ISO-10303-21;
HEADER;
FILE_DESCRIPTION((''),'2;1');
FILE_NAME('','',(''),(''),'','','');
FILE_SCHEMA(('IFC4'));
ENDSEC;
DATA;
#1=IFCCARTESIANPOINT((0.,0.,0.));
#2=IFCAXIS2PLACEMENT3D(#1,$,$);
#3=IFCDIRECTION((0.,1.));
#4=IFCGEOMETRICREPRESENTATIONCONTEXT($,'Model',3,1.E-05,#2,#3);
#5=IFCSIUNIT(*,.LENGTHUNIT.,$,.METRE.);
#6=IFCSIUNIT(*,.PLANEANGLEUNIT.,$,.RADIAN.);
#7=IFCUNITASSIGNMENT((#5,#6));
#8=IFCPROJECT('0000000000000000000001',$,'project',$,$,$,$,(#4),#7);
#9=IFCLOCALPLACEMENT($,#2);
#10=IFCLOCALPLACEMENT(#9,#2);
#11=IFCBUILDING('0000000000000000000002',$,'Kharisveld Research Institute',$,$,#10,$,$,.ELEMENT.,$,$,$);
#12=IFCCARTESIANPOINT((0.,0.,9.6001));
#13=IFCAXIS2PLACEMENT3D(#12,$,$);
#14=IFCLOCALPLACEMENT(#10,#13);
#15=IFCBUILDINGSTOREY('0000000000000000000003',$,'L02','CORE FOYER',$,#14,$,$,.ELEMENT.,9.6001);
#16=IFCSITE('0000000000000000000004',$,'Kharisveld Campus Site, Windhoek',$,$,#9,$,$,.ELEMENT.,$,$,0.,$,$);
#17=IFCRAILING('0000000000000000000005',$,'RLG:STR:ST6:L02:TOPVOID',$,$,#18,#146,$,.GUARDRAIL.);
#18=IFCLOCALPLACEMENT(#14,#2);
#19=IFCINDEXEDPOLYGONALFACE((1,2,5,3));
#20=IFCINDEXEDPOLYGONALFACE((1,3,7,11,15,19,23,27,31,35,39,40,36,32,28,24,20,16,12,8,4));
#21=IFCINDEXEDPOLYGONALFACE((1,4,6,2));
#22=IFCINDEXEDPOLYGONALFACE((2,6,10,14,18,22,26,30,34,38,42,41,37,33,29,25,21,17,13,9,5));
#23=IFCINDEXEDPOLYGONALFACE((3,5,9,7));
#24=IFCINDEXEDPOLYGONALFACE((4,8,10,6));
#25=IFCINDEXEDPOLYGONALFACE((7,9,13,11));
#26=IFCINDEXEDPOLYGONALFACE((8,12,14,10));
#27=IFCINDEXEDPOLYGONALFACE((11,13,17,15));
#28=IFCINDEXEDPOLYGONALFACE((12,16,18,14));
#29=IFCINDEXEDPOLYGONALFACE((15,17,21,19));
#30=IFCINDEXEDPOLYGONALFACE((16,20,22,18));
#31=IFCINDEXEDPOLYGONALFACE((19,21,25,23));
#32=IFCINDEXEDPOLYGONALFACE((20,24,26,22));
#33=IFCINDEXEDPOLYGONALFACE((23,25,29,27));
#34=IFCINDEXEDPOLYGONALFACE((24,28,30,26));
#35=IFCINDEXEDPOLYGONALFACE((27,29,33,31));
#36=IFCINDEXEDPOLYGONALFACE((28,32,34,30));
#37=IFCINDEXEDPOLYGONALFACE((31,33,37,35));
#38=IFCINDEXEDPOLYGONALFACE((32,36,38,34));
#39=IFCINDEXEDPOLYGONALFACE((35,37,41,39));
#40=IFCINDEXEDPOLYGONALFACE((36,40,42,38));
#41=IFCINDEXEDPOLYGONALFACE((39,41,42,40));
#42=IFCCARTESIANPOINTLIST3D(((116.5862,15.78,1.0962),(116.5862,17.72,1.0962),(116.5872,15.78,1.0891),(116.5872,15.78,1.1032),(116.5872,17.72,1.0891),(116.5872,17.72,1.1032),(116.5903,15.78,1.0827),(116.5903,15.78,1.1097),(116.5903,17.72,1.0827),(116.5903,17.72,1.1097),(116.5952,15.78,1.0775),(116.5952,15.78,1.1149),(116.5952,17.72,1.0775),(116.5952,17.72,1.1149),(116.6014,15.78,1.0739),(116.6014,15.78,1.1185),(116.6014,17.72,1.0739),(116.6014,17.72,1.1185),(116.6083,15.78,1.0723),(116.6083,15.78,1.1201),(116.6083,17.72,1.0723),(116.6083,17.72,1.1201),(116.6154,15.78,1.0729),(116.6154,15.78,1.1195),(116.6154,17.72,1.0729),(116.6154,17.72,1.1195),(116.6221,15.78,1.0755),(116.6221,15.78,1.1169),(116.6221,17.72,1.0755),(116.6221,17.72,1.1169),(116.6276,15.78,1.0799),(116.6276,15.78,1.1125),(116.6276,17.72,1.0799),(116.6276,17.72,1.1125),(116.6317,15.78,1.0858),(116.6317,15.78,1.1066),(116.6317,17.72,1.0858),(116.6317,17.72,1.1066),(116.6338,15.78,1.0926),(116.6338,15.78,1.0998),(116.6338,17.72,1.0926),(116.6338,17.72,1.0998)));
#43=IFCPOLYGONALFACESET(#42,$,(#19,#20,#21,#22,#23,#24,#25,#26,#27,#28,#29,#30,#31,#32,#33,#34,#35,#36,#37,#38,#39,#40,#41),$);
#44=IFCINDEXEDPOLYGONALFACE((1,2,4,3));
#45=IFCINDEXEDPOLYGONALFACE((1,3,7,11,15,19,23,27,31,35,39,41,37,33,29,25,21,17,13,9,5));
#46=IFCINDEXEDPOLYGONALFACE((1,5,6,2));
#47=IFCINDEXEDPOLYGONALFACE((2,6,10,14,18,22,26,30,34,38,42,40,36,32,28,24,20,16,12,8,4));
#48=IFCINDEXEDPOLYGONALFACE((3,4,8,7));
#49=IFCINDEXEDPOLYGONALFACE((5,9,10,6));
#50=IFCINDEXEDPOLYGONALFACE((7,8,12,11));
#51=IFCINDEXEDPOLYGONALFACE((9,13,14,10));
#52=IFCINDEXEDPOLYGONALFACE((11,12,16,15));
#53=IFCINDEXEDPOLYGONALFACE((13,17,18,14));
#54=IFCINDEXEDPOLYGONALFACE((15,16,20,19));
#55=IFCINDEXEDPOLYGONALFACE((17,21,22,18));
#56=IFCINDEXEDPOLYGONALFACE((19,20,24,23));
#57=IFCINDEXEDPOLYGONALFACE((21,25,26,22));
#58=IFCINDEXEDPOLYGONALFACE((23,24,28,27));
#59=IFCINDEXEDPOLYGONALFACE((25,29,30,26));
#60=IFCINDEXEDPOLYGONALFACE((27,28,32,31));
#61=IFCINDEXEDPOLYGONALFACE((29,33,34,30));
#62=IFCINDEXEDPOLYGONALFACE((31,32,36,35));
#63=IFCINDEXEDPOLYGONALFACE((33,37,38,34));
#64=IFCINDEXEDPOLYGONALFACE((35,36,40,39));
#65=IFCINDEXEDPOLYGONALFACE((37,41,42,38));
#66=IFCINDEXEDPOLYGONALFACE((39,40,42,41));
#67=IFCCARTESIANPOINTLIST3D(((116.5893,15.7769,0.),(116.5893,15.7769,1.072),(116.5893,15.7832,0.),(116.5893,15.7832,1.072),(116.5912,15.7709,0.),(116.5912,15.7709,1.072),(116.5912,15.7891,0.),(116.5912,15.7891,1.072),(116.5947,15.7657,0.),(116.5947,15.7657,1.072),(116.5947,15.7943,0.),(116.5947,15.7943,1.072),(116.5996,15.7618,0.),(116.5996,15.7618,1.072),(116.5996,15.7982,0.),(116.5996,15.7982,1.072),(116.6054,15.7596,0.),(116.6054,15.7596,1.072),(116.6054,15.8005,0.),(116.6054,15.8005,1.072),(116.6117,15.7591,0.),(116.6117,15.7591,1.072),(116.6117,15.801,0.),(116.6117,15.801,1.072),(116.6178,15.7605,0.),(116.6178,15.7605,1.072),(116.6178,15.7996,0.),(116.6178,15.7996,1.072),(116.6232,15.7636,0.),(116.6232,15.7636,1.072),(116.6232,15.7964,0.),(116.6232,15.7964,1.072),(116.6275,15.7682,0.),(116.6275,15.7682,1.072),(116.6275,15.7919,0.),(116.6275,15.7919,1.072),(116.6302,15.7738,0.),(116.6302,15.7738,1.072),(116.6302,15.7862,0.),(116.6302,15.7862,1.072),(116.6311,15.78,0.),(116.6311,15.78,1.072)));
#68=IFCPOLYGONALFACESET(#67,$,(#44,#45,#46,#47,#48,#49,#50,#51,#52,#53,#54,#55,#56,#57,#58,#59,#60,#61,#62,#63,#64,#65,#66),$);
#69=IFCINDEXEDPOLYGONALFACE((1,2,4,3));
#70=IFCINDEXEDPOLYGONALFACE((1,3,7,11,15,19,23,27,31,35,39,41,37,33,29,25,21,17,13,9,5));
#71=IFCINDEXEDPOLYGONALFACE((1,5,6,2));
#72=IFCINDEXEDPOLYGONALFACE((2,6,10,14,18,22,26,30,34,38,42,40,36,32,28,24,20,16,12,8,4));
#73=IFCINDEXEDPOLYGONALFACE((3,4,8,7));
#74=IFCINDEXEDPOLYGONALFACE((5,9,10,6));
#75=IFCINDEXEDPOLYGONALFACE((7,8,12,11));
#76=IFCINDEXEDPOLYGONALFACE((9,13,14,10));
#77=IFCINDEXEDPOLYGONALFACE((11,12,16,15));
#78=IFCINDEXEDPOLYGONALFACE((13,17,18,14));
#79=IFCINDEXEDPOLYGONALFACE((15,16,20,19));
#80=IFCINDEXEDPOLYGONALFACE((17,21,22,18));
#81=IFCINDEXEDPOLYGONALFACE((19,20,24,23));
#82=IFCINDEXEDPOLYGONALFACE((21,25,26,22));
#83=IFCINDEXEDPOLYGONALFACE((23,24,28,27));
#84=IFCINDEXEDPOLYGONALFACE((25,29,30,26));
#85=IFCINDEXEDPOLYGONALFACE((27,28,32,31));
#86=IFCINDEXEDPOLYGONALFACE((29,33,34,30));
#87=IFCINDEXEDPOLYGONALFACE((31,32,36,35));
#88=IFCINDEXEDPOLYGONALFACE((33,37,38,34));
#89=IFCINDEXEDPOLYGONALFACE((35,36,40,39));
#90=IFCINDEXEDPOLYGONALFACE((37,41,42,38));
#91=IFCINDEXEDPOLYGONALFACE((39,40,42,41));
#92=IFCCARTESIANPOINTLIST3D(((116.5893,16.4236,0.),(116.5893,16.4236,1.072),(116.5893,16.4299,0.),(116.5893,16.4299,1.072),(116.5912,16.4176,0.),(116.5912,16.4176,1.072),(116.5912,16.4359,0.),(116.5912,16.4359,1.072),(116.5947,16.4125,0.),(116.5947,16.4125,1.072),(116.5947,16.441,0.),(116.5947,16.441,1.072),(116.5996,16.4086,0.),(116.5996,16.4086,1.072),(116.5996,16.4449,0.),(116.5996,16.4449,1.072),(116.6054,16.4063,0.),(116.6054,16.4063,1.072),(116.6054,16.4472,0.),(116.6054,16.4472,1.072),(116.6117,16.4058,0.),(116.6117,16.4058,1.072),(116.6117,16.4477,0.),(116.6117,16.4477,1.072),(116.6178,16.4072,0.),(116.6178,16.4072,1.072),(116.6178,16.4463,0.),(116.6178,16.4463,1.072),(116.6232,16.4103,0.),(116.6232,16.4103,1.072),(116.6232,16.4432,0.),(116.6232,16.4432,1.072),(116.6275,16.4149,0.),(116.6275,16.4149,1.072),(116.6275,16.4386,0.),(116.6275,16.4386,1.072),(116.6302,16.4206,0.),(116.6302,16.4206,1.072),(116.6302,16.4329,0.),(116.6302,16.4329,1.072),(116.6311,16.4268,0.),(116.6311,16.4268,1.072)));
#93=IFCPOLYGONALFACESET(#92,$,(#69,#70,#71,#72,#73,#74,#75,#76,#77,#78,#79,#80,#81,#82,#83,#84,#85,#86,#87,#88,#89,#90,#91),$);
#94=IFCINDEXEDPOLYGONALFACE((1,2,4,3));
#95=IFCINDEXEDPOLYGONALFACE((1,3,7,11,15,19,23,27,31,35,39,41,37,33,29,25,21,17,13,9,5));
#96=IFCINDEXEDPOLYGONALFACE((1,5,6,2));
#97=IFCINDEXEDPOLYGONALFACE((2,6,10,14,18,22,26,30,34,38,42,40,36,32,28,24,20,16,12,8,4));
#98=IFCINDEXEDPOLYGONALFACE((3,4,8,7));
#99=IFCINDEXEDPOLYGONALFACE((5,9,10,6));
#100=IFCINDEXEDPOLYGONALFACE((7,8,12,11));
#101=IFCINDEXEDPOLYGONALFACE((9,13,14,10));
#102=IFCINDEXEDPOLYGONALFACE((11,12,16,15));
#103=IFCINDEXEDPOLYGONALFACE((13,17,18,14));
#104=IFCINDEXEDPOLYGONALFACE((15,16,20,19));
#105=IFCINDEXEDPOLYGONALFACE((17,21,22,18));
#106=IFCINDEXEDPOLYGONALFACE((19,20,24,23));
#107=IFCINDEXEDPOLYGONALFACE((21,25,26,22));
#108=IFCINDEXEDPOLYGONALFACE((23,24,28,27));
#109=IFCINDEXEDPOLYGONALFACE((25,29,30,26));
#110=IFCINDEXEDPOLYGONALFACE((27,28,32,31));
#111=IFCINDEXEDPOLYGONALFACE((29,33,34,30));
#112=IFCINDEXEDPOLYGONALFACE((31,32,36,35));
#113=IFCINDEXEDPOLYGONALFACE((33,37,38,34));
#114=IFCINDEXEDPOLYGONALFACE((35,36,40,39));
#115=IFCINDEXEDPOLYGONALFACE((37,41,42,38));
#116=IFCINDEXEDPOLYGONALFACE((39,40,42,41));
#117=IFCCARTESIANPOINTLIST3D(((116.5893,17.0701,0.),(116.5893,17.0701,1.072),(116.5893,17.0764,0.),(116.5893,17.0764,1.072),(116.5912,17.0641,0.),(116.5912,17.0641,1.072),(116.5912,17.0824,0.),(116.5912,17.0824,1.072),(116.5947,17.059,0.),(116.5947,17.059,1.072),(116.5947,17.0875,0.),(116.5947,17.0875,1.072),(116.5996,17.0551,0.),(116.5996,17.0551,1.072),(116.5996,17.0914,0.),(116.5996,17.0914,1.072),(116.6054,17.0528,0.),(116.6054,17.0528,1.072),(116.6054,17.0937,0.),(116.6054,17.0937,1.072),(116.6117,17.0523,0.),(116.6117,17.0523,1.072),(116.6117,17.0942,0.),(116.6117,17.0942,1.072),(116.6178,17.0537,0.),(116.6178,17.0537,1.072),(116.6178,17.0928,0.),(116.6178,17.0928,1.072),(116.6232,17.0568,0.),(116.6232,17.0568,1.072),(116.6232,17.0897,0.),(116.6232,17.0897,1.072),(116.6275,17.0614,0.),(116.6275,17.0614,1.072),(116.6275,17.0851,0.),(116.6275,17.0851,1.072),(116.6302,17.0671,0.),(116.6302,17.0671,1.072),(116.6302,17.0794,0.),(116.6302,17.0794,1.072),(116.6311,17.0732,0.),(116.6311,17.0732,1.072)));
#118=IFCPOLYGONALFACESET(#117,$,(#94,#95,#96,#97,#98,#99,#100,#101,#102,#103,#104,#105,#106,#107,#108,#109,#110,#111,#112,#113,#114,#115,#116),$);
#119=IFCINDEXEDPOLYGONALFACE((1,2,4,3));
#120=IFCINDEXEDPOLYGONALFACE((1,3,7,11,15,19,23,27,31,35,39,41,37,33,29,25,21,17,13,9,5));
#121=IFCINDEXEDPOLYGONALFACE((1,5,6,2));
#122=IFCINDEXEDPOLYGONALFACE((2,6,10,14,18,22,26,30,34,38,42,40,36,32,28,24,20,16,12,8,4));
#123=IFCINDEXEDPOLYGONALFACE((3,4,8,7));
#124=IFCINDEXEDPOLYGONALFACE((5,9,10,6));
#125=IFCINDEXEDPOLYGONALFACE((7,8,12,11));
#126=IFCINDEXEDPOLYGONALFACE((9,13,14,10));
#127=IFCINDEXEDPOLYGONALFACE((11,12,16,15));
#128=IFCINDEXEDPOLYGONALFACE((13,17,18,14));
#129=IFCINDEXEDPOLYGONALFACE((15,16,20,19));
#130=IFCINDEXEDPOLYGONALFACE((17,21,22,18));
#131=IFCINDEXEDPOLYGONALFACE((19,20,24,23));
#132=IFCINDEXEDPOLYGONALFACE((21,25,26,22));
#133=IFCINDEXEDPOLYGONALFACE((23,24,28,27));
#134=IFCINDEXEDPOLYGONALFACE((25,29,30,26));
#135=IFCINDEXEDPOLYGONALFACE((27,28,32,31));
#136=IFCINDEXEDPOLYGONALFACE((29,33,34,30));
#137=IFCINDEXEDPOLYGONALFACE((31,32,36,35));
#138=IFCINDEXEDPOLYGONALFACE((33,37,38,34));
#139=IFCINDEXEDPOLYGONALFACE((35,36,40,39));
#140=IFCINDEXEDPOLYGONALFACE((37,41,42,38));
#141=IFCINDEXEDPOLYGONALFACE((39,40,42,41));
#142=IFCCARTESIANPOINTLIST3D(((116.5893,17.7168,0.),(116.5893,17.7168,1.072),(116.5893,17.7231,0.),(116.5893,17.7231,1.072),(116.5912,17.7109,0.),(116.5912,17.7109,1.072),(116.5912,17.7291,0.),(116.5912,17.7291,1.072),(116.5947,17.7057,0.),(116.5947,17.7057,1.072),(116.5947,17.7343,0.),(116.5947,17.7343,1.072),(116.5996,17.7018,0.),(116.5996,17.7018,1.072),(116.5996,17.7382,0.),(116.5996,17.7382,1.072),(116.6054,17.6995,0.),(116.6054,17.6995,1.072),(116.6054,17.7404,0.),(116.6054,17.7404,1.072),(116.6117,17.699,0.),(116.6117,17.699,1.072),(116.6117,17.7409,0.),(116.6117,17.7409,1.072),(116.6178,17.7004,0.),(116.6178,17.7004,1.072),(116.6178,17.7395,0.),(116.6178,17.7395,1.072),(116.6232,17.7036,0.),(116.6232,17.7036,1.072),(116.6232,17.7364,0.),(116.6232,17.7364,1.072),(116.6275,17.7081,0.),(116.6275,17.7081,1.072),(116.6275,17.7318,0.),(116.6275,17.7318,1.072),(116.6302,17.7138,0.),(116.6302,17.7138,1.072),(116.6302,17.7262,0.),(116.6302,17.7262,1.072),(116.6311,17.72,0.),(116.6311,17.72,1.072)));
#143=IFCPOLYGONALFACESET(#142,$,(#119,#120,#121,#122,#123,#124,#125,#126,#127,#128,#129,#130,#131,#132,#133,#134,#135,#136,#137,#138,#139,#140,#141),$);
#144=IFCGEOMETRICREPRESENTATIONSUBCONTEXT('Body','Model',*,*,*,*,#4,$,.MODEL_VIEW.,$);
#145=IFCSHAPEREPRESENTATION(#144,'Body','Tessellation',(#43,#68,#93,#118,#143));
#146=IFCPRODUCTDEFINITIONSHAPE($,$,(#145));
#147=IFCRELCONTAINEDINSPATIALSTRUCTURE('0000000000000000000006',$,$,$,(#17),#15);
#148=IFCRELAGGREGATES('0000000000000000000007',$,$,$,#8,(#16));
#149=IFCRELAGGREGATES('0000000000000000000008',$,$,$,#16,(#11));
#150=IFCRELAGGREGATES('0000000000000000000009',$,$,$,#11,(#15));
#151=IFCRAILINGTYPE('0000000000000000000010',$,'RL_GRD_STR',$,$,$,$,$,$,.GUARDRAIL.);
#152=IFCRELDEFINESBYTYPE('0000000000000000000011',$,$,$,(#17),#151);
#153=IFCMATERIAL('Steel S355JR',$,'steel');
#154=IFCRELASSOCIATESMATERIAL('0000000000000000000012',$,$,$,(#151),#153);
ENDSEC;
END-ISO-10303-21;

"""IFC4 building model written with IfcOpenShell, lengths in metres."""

from ifc_helpers import new_model, si_unit, direction, frame, origin, origin_2d, place, context, subcontext, project, spatial, circle, extrude, material, type_object, element, save


model = new_model("IFC4")

# Units and contexts
model_context = context("Model", 3, precision=1e-05, world=origin(), true_north=direction((0.0, 1.0)))
body_context = subcontext(model_context, "Body", "Model", "MODEL_VIEW")
ifc_project = project(units=[si_unit("LENGTHUNIT", "METRE"), si_unit("PLANEANGLEUNIT", "RADIAN")], contexts=[model_context])

# Site, building, storey
site_placement = place(None, origin())
site = spatial("IfcSite", under=ifc_project, at=site_placement, Name="Kharisveld Campus Site, Windhoek", CompositionType="ELEMENT", RefElevation=0.0)
building_placement = place(site_placement, origin())
building = spatial("IfcBuilding", under=site, at=building_placement, Name="Kharisveld Research Institute", CompositionType="ELEMENT")
storey_placement = place(building_placement, frame((0.0, 0.0, 9.6001)))
storey = spatial("IfcBuildingStorey", under=building, at=storey_placement, Name="L02", Description="CORE FOYER", CompositionType="ELEMENT", Elevation=9.6001)

# Railing
ifc_material_1 = material(Name="Steel S355JR", Category="steel")
railing_type = type_object("IfcRailingType", Name="RL_GRD_STR", PredefinedType="GUARDRAIL", material=ifc_material_1)
railing_placement = place(storey_placement, frame((116.6101, 15.78, 0.0)))
element("IfcRailing", 1, at=railing_placement, inside=storey, type_object=railing_type, Name="RLG:STR:ST6:L02:TOPVOID", PredefinedType="GUARDRAIL", context=body_context, shape_type="SweptSolid", body=[
    extrude(circle(Radius=0.0239, at=origin_2d()), frame((0.0, 0.0, 1.0962), z_axis=(0.0, 1.0, 0.0), x_axis=(-1.0, 0.0, 0.0)), (0.0, 0.0, 1.0), 1.9399),
    extrude(circle(Radius=0.021, at=origin_2d()), origin(), (0.0, 0.0, 1.0), 1.072),
    extrude(circle(Radius=0.021, at=origin_2d()), frame((0.0, 0.6467, 0.0)), (0.0, 0.0, 1.0), 1.072),
    extrude(circle(Radius=0.021, at=origin_2d()), frame((0.0, 1.2932, 0.0)), (0.0, 0.0, 1.0), 1.072),
    extrude(circle(Radius=0.021, at=origin_2d()), frame((0.0, 1.9399, 0.0)), (0.0, 0.0, 1.0), 1.072),
])

save(model, "model.ifc")
